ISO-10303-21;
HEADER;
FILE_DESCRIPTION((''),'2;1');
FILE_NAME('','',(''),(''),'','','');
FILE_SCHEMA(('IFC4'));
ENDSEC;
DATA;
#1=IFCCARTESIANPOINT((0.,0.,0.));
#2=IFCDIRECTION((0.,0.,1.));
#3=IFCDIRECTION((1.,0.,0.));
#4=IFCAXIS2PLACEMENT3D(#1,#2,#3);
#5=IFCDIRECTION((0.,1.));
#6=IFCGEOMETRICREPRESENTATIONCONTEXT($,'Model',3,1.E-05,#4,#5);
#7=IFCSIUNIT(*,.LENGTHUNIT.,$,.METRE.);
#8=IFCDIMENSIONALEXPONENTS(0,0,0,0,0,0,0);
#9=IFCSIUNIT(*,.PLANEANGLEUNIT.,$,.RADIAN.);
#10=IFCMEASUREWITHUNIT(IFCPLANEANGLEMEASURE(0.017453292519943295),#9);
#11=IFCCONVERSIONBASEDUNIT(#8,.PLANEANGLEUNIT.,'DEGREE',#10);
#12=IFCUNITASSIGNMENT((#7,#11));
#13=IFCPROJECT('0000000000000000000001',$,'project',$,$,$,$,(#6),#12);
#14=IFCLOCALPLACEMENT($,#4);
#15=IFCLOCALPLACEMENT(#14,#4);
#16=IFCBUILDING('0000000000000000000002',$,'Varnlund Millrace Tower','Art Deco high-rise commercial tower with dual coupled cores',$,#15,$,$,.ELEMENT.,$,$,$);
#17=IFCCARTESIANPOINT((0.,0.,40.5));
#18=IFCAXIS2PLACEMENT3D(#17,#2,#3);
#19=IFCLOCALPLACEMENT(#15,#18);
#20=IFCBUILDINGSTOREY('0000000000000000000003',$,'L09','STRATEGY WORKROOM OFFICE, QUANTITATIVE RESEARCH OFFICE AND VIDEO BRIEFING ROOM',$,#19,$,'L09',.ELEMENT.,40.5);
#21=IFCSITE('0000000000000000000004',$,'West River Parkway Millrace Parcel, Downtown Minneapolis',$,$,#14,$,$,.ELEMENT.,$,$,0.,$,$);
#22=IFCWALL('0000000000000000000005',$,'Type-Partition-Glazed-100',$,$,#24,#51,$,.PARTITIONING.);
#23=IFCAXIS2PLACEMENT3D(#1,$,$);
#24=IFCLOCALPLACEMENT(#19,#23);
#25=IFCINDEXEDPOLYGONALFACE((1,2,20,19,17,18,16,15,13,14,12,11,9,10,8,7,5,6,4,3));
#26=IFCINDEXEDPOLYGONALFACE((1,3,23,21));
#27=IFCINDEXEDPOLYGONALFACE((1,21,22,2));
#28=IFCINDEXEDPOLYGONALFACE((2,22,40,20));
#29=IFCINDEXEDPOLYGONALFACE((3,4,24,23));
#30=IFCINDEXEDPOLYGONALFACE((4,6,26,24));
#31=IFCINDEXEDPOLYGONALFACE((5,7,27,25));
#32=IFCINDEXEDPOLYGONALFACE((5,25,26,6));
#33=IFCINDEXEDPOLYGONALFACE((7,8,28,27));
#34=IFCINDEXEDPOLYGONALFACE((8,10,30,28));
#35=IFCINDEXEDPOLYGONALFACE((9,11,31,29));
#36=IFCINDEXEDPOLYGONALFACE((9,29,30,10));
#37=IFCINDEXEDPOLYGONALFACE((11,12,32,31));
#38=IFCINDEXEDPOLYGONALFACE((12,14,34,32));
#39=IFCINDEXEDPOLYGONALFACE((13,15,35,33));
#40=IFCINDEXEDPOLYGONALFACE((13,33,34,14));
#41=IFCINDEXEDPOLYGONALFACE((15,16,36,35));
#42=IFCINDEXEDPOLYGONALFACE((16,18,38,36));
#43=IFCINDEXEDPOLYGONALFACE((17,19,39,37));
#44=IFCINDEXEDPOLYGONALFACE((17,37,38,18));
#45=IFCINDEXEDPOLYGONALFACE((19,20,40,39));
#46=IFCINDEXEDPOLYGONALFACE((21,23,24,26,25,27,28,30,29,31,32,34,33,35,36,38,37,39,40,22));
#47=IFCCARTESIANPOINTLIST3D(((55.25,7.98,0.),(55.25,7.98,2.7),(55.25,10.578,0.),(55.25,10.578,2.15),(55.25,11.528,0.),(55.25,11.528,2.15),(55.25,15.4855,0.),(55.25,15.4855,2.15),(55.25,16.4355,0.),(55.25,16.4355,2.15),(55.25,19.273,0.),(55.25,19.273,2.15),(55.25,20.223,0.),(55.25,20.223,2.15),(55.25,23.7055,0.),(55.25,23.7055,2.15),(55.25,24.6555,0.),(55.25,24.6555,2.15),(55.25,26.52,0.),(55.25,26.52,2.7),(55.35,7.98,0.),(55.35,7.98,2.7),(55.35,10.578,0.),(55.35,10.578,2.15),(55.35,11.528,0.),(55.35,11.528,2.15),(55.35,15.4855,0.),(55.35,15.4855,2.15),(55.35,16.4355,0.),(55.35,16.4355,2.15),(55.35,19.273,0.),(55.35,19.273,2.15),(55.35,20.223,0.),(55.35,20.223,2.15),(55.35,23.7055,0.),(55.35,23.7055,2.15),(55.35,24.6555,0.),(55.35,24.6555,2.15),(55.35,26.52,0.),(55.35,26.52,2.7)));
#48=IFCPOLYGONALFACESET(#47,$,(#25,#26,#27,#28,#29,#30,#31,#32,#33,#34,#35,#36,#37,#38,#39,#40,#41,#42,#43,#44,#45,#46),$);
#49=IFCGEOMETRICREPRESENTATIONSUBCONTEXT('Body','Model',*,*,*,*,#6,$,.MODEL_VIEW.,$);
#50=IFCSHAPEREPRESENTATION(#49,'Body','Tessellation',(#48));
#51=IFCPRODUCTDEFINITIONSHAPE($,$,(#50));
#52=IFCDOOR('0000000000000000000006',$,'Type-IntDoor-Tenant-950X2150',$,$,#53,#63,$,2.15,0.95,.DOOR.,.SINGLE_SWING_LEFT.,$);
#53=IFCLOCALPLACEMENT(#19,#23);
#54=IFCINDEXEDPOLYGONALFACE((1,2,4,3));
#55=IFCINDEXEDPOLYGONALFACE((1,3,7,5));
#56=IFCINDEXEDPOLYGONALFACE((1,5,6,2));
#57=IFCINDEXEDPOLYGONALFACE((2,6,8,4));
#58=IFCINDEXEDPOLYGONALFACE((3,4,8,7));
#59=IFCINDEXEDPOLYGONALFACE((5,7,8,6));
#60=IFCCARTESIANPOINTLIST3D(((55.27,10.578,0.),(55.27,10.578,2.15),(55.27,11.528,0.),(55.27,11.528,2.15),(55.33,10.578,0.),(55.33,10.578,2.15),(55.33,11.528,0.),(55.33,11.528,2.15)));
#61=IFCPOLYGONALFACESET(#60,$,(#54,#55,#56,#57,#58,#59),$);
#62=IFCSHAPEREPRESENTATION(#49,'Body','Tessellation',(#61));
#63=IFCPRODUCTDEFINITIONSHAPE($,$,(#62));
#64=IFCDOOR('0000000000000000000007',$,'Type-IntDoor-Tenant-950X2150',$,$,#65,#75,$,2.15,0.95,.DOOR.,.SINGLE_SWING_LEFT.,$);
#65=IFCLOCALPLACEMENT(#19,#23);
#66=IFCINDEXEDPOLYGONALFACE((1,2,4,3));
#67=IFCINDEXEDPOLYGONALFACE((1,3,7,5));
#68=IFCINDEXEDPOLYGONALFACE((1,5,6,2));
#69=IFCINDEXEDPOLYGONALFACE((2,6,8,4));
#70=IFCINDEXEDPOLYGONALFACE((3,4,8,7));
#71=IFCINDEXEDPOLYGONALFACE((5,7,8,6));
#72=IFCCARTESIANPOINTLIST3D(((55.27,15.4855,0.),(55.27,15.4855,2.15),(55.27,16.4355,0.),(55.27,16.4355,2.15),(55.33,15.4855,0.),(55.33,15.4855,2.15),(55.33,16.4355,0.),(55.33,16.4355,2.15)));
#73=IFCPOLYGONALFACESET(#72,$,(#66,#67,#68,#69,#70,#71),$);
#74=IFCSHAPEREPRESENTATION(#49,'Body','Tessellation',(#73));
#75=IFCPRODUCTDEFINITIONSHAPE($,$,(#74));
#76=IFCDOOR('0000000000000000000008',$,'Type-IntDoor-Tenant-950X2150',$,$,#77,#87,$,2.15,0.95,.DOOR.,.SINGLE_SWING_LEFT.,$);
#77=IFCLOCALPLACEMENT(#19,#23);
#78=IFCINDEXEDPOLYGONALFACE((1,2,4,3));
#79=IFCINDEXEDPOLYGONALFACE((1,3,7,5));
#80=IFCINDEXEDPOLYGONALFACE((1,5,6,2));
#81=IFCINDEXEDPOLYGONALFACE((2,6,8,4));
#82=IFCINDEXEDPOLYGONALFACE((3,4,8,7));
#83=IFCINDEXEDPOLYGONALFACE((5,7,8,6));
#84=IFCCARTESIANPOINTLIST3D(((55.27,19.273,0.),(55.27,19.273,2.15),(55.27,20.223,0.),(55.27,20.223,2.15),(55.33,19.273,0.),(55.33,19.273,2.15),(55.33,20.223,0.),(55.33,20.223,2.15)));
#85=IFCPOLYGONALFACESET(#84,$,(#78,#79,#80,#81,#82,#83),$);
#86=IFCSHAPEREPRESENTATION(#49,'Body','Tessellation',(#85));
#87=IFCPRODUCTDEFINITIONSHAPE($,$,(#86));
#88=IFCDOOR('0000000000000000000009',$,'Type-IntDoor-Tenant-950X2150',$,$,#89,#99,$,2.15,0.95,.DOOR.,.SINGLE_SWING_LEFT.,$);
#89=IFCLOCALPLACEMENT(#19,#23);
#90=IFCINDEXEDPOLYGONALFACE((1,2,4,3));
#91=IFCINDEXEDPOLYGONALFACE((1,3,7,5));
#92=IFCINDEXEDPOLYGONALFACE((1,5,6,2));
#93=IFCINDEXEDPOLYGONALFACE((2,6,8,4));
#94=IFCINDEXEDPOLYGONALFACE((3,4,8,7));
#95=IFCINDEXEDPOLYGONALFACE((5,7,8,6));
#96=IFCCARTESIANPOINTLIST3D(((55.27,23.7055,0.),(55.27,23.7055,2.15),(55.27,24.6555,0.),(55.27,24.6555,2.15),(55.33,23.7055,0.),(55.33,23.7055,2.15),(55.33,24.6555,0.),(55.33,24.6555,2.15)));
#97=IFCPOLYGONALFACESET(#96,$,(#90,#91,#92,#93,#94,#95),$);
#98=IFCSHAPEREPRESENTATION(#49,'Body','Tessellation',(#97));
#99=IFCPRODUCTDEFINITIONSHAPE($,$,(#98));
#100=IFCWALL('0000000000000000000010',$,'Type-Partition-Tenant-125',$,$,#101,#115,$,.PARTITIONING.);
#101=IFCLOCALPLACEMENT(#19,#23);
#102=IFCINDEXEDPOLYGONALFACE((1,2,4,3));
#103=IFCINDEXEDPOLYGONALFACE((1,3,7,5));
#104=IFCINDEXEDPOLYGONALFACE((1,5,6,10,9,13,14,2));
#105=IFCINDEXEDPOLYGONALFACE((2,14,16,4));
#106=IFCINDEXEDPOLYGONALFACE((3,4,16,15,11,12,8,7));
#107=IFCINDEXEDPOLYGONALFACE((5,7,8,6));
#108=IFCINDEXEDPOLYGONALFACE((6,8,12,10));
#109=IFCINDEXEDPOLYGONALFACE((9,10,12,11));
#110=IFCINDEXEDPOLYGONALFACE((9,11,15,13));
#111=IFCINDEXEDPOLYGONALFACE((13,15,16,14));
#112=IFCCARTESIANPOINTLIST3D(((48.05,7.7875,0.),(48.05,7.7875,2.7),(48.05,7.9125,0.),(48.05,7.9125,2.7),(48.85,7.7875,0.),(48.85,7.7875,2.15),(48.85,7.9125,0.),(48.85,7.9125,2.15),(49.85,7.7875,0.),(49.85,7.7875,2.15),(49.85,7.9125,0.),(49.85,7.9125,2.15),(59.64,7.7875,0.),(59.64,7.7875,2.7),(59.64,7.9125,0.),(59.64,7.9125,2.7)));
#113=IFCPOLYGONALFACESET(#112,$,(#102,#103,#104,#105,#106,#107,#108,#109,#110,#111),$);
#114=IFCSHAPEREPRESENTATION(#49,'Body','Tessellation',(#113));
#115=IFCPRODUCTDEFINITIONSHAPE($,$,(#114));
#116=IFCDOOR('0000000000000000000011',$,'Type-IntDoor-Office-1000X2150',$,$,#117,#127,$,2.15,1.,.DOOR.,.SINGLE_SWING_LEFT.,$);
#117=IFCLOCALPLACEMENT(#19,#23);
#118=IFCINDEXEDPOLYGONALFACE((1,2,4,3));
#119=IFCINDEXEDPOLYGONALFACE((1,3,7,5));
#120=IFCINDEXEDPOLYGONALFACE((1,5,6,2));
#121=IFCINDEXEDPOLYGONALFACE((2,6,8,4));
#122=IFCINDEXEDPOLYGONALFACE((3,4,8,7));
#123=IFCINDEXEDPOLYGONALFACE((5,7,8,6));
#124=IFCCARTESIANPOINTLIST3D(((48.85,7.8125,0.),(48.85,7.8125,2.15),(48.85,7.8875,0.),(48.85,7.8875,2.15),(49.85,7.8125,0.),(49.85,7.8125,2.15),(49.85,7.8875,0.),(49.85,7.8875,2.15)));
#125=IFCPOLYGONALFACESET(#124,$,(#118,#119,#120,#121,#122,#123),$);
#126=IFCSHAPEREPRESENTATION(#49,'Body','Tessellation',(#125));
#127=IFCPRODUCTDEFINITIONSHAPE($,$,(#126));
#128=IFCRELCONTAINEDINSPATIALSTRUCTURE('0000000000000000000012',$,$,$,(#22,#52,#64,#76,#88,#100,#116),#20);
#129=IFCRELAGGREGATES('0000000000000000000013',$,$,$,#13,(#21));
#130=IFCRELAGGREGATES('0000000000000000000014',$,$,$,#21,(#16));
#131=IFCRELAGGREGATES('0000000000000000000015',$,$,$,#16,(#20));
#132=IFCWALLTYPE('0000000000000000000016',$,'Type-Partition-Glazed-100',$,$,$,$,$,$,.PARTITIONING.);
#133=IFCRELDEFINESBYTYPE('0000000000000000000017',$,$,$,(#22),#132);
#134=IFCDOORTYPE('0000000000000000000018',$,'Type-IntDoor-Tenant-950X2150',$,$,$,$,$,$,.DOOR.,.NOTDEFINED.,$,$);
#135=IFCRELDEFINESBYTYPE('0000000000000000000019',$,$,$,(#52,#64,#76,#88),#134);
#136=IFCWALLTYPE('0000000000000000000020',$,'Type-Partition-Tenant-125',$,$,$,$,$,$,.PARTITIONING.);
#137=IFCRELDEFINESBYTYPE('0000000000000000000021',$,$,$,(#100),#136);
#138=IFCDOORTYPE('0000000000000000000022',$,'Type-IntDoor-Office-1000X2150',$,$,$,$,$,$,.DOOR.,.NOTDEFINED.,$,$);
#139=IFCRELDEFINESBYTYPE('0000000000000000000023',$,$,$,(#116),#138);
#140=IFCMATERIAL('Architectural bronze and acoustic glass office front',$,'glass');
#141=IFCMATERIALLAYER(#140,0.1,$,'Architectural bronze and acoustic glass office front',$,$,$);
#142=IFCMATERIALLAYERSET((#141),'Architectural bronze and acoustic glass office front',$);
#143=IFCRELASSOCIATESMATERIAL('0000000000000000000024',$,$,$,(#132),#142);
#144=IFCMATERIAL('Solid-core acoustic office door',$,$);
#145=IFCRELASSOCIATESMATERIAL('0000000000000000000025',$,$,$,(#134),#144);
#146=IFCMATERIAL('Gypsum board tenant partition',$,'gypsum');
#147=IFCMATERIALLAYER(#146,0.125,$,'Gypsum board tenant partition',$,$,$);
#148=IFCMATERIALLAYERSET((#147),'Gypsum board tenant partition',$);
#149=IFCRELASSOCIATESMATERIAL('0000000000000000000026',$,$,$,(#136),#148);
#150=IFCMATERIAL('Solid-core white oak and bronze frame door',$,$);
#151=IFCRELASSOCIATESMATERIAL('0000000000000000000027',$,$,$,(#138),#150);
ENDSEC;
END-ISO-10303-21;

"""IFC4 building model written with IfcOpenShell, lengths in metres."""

from ifc_helpers import new_model, entity, si_unit, converted_unit, direction, frame, origin_with_axes, origin_2d_with_axis, place, context, subcontext, project, spatial, polyline, rectangle, outline, extrude, material, layer, layer_set, type_object, element, fill, save


model = new_model("IFC4")

# Units and contexts
model_context = context("Model", 3, precision=1e-05, world=origin_with_axes(), true_north=direction((0.0, 1.0)))
body_context = subcontext(model_context, "Body", "Model", "MODEL_VIEW")
ifc_project = project(units=[si_unit("LENGTHUNIT", "METRE"), converted_unit("PLANEANGLEUNIT", "DEGREE", entity("IfcPlaneAngleMeasure", 0.017453292519943295), si_unit("PLANEANGLEUNIT", "RADIAN"), dimensions=[0, 0, 0, 0, 0, 0, 0])], contexts=[model_context])

# Site, building, storey
site_placement = place(None, origin_with_axes())
site = spatial("IfcSite", under=ifc_project, at=site_placement, Name="West River Parkway Millrace Parcel, Downtown Minneapolis", CompositionType="ELEMENT", RefElevation=0.0)
building_placement = place(site_placement, origin_with_axes())
building = spatial("IfcBuilding", under=site, at=building_placement, Name="Varnlund Millrace Tower", Description="Art Deco high-rise commercial tower with dual coupled cores", CompositionType="ELEMENT")
storey_placement = place(building_placement, frame((0.0, 0.0, 40.5), z_axis=(0.0, 0.0, 1.0), x_axis=(1.0, 0.0, 0.0)))
storey = spatial("IfcBuildingStorey", under=building, at=storey_placement, Name="L09", Description="STRATEGY WORKROOM OFFICE, QUANTITATIVE RESEARCH OFFICE AND VIDEO BRIEFING ROOM", LongName="L09", CompositionType="ELEMENT", Elevation=40.5)

# Wall, openings, doors
ifc_material_1 = material(Name="Architectural bronze and acoustic glass office front", Category="glass")
ifc_layer_1 = layer(ifc_material_1, 0.1, Name="Architectural bronze and acoustic glass office front")
ifc_layer_set_1 = layer_set([ifc_layer_1], Name="Architectural bronze and acoustic glass office front")
wall_type_1 = type_object("IfcWallType", Name="Type-Partition-Glazed-100", PredefinedType="PARTITIONING", material=ifc_layer_set_1)
wall_1_placement = place(storey_placement, frame((55.3, 7.98, 0.0), z_axis=(0.0, 0.0, 1.0), x_axis=(0.0, 1.0, 0.0)))
wall_1 = element("IfcWall", 1, at=wall_1_placement, inside=storey, type_object=wall_type_1, Name="Type-Partition-Glazed-100", PredefinedType="PARTITIONING", context=body_context, shape_type="SweptSolid", body=[
    extrude(outline(polyline([(0.0, -0.05), (18.54, -0.05), (18.54, 0.05), (0.0, 0.05), (0.0, -0.05)])), origin_with_axes(), (0.0, 0.0, 1.0), 2.7),
])
opening_1_placement = place(wall_1_placement, frame((3.073, 0.0, 0.0), z_axis=(0.0, 0.0, 1.0), x_axis=(1.0, 0.0, 0.0)))
opening_1 = element("IfcOpeningElement", 2, at=opening_1_placement, cuts=wall_1, PredefinedType="OPENING", context=body_context, shape_type="SweptSolid", body=[
    extrude(rectangle(XDim=0.95, YDim=0.12, at=origin_2d_with_axis()), origin_with_axes(), (0.0, 0.0, 1.0), 2.15),
])
opening_2_placement = place(wall_1_placement, frame((7.9805, 0.0, 0.0), z_axis=(0.0, 0.0, 1.0), x_axis=(1.0, 0.0, 0.0)))
opening_2 = element("IfcOpeningElement", 3, at=opening_2_placement, cuts=wall_1, PredefinedType="OPENING", context=body_context, shape_type="SweptSolid", body=[
    extrude(rectangle(XDim=0.95, YDim=0.12, at=origin_2d_with_axis()), origin_with_axes(), (0.0, 0.0, 1.0), 2.15),
])
opening_3_placement = place(wall_1_placement, frame((11.768, 0.0, 0.0), z_axis=(0.0, 0.0, 1.0), x_axis=(1.0, 0.0, 0.0)))
opening_3 = element("IfcOpeningElement", 4, at=opening_3_placement, cuts=wall_1, PredefinedType="OPENING", context=body_context, shape_type="SweptSolid", body=[
    extrude(rectangle(XDim=0.95, YDim=0.12, at=origin_2d_with_axis()), origin_with_axes(), (0.0, 0.0, 1.0), 2.15),
])
opening_4_placement = place(wall_1_placement, frame((16.2005, 0.0, 0.0), z_axis=(0.0, 0.0, 1.0), x_axis=(1.0, 0.0, 0.0)))
opening_4 = element("IfcOpeningElement", 5, at=opening_4_placement, cuts=wall_1, PredefinedType="OPENING", context=body_context, shape_type="SweptSolid", body=[
    extrude(rectangle(XDim=0.95, YDim=0.12, at=origin_2d_with_axis()), origin_with_axes(), (0.0, 0.0, 1.0), 2.15),
])
ifc_material_2 = material(Name="Solid-core acoustic office door")
door_type_1 = type_object("IfcDoorType", Name="Type-IntDoor-Tenant-950X2150", OperationType="NOTDEFINED", PredefinedType="DOOR", material=ifc_material_2)
door_1_placement = place(wall_1_placement, frame((3.073, 0.0, 0.0), z_axis=(0.0, 0.0, 1.0), x_axis=(1.0, 0.0, 0.0)))
door_1 = element("IfcDoor", 6, at=door_1_placement, inside=storey, type_object=door_type_1, Name="Type-IntDoor-Tenant-950X2150", OperationType="SINGLE_SWING_LEFT", OverallHeight=2.15, OverallWidth=0.95, PredefinedType="DOOR", context=body_context, shape_type="SweptSolid", body=[
    extrude(rectangle(XDim=0.95, YDim=0.06, at=origin_2d_with_axis()), origin_with_axes(), (0.0, 0.0, 1.0), 2.15),
])
fill(opening_1, door_1)
door_2_placement = place(wall_1_placement, frame((7.9805, 0.0, 0.0), z_axis=(0.0, 0.0, 1.0), x_axis=(1.0, 0.0, 0.0)))
door_2 = element("IfcDoor", 7, at=door_2_placement, inside=storey, type_object=door_type_1, Name="Type-IntDoor-Tenant-950X2150", OperationType="SINGLE_SWING_LEFT", OverallHeight=2.15, OverallWidth=0.95, PredefinedType="DOOR", context=body_context, shape_type="SweptSolid", body=[
    extrude(rectangle(XDim=0.95, YDim=0.06, at=origin_2d_with_axis()), origin_with_axes(), (0.0, 0.0, 1.0), 2.15),
])
fill(opening_2, door_2)
door_3_placement = place(wall_1_placement, frame((11.768, 0.0, 0.0), z_axis=(0.0, 0.0, 1.0), x_axis=(1.0, 0.0, 0.0)))
door_3 = element("IfcDoor", 8, at=door_3_placement, inside=storey, type_object=door_type_1, Name="Type-IntDoor-Tenant-950X2150", OperationType="SINGLE_SWING_LEFT", OverallHeight=2.15, OverallWidth=0.95, PredefinedType="DOOR", context=body_context, shape_type="SweptSolid", body=[
    extrude(rectangle(XDim=0.95, YDim=0.06, at=origin_2d_with_axis()), origin_with_axes(), (0.0, 0.0, 1.0), 2.15),
])
fill(opening_3, door_3)
door_4_placement = place(wall_1_placement, frame((16.2005, 0.0, 0.0), z_axis=(0.0, 0.0, 1.0), x_axis=(1.0, 0.0, 0.0)))
door_4 = element("IfcDoor", 9, at=door_4_placement, inside=storey, type_object=door_type_1, Name="Type-IntDoor-Tenant-950X2150", OperationType="SINGLE_SWING_LEFT", OverallHeight=2.15, OverallWidth=0.95, PredefinedType="DOOR", context=body_context, shape_type="SweptSolid", body=[
    extrude(rectangle(XDim=0.95, YDim=0.06, at=origin_2d_with_axis()), origin_with_axes(), (0.0, 0.0, 1.0), 2.15),
])
fill(opening_4, door_4)

# Wall, opening, door
ifc_material_3 = material(Name="Gypsum board tenant partition", Category="gypsum")
ifc_layer_2 = layer(ifc_material_3, 0.125, Name="Gypsum board tenant partition")
ifc_layer_set_2 = layer_set([ifc_layer_2], Name="Gypsum board tenant partition")
wall_type_2 = type_object("IfcWallType", Name="Type-Partition-Tenant-125", PredefinedType="PARTITIONING", material=ifc_layer_set_2)
wall_2_placement = place(storey_placement, frame((59.64, 7.85, 0.0), z_axis=(0.0, 0.0, 1.0), x_axis=(-1.0, 0.0, 0.0)))
wall_2 = element("IfcWall", 10, at=wall_2_placement, inside=storey, type_object=wall_type_2, Name="Type-Partition-Tenant-125", PredefinedType="PARTITIONING", context=body_context, shape_type="SweptSolid", body=[
    extrude(outline(polyline([(0.0, -0.0625), (11.59, -0.0625), (11.59, 0.0625), (0.0, 0.0625), (0.0, -0.0625)])), origin_with_axes(), (0.0, 0.0, 1.0), 2.7),
])
opening_5_placement = place(wall_2_placement, frame((10.29, 0.0, 0.0), z_axis=(0.0, 0.0, 1.0), x_axis=(1.0, 0.0, 0.0)))
opening_5 = element("IfcOpeningElement", 11, at=opening_5_placement, cuts=wall_2, PredefinedType="OPENING", context=body_context, shape_type="SweptSolid", body=[
    extrude(rectangle(XDim=1.0, YDim=0.145, at=origin_2d_with_axis()), origin_with_axes(), (0.0, 0.0, 1.0), 2.15),
])
ifc_material_4 = material(Name="Solid-core white oak and bronze frame door")
door_type_2 = type_object("IfcDoorType", Name="Type-IntDoor-Office-1000X2150", OperationType="NOTDEFINED", PredefinedType="DOOR", material=ifc_material_4)
door_5_placement = place(wall_2_placement, frame((10.29, 0.0, 0.0), z_axis=(0.0, 0.0, 1.0), x_axis=(1.0, 0.0, 0.0)))
door_5 = element("IfcDoor", 12, at=door_5_placement, inside=storey, type_object=door_type_2, Name="Type-IntDoor-Office-1000X2150", OperationType="SINGLE_SWING_LEFT", OverallHeight=2.15, OverallWidth=1.0, PredefinedType="DOOR", context=body_context, shape_type="SweptSolid", body=[
    extrude(rectangle(XDim=1.0, YDim=0.075, at=origin_2d_with_axis()), origin_with_axes(), (0.0, 0.0, 1.0), 2.15),
])
fill(opening_5, door_5)

save(model, "model.ifc")
